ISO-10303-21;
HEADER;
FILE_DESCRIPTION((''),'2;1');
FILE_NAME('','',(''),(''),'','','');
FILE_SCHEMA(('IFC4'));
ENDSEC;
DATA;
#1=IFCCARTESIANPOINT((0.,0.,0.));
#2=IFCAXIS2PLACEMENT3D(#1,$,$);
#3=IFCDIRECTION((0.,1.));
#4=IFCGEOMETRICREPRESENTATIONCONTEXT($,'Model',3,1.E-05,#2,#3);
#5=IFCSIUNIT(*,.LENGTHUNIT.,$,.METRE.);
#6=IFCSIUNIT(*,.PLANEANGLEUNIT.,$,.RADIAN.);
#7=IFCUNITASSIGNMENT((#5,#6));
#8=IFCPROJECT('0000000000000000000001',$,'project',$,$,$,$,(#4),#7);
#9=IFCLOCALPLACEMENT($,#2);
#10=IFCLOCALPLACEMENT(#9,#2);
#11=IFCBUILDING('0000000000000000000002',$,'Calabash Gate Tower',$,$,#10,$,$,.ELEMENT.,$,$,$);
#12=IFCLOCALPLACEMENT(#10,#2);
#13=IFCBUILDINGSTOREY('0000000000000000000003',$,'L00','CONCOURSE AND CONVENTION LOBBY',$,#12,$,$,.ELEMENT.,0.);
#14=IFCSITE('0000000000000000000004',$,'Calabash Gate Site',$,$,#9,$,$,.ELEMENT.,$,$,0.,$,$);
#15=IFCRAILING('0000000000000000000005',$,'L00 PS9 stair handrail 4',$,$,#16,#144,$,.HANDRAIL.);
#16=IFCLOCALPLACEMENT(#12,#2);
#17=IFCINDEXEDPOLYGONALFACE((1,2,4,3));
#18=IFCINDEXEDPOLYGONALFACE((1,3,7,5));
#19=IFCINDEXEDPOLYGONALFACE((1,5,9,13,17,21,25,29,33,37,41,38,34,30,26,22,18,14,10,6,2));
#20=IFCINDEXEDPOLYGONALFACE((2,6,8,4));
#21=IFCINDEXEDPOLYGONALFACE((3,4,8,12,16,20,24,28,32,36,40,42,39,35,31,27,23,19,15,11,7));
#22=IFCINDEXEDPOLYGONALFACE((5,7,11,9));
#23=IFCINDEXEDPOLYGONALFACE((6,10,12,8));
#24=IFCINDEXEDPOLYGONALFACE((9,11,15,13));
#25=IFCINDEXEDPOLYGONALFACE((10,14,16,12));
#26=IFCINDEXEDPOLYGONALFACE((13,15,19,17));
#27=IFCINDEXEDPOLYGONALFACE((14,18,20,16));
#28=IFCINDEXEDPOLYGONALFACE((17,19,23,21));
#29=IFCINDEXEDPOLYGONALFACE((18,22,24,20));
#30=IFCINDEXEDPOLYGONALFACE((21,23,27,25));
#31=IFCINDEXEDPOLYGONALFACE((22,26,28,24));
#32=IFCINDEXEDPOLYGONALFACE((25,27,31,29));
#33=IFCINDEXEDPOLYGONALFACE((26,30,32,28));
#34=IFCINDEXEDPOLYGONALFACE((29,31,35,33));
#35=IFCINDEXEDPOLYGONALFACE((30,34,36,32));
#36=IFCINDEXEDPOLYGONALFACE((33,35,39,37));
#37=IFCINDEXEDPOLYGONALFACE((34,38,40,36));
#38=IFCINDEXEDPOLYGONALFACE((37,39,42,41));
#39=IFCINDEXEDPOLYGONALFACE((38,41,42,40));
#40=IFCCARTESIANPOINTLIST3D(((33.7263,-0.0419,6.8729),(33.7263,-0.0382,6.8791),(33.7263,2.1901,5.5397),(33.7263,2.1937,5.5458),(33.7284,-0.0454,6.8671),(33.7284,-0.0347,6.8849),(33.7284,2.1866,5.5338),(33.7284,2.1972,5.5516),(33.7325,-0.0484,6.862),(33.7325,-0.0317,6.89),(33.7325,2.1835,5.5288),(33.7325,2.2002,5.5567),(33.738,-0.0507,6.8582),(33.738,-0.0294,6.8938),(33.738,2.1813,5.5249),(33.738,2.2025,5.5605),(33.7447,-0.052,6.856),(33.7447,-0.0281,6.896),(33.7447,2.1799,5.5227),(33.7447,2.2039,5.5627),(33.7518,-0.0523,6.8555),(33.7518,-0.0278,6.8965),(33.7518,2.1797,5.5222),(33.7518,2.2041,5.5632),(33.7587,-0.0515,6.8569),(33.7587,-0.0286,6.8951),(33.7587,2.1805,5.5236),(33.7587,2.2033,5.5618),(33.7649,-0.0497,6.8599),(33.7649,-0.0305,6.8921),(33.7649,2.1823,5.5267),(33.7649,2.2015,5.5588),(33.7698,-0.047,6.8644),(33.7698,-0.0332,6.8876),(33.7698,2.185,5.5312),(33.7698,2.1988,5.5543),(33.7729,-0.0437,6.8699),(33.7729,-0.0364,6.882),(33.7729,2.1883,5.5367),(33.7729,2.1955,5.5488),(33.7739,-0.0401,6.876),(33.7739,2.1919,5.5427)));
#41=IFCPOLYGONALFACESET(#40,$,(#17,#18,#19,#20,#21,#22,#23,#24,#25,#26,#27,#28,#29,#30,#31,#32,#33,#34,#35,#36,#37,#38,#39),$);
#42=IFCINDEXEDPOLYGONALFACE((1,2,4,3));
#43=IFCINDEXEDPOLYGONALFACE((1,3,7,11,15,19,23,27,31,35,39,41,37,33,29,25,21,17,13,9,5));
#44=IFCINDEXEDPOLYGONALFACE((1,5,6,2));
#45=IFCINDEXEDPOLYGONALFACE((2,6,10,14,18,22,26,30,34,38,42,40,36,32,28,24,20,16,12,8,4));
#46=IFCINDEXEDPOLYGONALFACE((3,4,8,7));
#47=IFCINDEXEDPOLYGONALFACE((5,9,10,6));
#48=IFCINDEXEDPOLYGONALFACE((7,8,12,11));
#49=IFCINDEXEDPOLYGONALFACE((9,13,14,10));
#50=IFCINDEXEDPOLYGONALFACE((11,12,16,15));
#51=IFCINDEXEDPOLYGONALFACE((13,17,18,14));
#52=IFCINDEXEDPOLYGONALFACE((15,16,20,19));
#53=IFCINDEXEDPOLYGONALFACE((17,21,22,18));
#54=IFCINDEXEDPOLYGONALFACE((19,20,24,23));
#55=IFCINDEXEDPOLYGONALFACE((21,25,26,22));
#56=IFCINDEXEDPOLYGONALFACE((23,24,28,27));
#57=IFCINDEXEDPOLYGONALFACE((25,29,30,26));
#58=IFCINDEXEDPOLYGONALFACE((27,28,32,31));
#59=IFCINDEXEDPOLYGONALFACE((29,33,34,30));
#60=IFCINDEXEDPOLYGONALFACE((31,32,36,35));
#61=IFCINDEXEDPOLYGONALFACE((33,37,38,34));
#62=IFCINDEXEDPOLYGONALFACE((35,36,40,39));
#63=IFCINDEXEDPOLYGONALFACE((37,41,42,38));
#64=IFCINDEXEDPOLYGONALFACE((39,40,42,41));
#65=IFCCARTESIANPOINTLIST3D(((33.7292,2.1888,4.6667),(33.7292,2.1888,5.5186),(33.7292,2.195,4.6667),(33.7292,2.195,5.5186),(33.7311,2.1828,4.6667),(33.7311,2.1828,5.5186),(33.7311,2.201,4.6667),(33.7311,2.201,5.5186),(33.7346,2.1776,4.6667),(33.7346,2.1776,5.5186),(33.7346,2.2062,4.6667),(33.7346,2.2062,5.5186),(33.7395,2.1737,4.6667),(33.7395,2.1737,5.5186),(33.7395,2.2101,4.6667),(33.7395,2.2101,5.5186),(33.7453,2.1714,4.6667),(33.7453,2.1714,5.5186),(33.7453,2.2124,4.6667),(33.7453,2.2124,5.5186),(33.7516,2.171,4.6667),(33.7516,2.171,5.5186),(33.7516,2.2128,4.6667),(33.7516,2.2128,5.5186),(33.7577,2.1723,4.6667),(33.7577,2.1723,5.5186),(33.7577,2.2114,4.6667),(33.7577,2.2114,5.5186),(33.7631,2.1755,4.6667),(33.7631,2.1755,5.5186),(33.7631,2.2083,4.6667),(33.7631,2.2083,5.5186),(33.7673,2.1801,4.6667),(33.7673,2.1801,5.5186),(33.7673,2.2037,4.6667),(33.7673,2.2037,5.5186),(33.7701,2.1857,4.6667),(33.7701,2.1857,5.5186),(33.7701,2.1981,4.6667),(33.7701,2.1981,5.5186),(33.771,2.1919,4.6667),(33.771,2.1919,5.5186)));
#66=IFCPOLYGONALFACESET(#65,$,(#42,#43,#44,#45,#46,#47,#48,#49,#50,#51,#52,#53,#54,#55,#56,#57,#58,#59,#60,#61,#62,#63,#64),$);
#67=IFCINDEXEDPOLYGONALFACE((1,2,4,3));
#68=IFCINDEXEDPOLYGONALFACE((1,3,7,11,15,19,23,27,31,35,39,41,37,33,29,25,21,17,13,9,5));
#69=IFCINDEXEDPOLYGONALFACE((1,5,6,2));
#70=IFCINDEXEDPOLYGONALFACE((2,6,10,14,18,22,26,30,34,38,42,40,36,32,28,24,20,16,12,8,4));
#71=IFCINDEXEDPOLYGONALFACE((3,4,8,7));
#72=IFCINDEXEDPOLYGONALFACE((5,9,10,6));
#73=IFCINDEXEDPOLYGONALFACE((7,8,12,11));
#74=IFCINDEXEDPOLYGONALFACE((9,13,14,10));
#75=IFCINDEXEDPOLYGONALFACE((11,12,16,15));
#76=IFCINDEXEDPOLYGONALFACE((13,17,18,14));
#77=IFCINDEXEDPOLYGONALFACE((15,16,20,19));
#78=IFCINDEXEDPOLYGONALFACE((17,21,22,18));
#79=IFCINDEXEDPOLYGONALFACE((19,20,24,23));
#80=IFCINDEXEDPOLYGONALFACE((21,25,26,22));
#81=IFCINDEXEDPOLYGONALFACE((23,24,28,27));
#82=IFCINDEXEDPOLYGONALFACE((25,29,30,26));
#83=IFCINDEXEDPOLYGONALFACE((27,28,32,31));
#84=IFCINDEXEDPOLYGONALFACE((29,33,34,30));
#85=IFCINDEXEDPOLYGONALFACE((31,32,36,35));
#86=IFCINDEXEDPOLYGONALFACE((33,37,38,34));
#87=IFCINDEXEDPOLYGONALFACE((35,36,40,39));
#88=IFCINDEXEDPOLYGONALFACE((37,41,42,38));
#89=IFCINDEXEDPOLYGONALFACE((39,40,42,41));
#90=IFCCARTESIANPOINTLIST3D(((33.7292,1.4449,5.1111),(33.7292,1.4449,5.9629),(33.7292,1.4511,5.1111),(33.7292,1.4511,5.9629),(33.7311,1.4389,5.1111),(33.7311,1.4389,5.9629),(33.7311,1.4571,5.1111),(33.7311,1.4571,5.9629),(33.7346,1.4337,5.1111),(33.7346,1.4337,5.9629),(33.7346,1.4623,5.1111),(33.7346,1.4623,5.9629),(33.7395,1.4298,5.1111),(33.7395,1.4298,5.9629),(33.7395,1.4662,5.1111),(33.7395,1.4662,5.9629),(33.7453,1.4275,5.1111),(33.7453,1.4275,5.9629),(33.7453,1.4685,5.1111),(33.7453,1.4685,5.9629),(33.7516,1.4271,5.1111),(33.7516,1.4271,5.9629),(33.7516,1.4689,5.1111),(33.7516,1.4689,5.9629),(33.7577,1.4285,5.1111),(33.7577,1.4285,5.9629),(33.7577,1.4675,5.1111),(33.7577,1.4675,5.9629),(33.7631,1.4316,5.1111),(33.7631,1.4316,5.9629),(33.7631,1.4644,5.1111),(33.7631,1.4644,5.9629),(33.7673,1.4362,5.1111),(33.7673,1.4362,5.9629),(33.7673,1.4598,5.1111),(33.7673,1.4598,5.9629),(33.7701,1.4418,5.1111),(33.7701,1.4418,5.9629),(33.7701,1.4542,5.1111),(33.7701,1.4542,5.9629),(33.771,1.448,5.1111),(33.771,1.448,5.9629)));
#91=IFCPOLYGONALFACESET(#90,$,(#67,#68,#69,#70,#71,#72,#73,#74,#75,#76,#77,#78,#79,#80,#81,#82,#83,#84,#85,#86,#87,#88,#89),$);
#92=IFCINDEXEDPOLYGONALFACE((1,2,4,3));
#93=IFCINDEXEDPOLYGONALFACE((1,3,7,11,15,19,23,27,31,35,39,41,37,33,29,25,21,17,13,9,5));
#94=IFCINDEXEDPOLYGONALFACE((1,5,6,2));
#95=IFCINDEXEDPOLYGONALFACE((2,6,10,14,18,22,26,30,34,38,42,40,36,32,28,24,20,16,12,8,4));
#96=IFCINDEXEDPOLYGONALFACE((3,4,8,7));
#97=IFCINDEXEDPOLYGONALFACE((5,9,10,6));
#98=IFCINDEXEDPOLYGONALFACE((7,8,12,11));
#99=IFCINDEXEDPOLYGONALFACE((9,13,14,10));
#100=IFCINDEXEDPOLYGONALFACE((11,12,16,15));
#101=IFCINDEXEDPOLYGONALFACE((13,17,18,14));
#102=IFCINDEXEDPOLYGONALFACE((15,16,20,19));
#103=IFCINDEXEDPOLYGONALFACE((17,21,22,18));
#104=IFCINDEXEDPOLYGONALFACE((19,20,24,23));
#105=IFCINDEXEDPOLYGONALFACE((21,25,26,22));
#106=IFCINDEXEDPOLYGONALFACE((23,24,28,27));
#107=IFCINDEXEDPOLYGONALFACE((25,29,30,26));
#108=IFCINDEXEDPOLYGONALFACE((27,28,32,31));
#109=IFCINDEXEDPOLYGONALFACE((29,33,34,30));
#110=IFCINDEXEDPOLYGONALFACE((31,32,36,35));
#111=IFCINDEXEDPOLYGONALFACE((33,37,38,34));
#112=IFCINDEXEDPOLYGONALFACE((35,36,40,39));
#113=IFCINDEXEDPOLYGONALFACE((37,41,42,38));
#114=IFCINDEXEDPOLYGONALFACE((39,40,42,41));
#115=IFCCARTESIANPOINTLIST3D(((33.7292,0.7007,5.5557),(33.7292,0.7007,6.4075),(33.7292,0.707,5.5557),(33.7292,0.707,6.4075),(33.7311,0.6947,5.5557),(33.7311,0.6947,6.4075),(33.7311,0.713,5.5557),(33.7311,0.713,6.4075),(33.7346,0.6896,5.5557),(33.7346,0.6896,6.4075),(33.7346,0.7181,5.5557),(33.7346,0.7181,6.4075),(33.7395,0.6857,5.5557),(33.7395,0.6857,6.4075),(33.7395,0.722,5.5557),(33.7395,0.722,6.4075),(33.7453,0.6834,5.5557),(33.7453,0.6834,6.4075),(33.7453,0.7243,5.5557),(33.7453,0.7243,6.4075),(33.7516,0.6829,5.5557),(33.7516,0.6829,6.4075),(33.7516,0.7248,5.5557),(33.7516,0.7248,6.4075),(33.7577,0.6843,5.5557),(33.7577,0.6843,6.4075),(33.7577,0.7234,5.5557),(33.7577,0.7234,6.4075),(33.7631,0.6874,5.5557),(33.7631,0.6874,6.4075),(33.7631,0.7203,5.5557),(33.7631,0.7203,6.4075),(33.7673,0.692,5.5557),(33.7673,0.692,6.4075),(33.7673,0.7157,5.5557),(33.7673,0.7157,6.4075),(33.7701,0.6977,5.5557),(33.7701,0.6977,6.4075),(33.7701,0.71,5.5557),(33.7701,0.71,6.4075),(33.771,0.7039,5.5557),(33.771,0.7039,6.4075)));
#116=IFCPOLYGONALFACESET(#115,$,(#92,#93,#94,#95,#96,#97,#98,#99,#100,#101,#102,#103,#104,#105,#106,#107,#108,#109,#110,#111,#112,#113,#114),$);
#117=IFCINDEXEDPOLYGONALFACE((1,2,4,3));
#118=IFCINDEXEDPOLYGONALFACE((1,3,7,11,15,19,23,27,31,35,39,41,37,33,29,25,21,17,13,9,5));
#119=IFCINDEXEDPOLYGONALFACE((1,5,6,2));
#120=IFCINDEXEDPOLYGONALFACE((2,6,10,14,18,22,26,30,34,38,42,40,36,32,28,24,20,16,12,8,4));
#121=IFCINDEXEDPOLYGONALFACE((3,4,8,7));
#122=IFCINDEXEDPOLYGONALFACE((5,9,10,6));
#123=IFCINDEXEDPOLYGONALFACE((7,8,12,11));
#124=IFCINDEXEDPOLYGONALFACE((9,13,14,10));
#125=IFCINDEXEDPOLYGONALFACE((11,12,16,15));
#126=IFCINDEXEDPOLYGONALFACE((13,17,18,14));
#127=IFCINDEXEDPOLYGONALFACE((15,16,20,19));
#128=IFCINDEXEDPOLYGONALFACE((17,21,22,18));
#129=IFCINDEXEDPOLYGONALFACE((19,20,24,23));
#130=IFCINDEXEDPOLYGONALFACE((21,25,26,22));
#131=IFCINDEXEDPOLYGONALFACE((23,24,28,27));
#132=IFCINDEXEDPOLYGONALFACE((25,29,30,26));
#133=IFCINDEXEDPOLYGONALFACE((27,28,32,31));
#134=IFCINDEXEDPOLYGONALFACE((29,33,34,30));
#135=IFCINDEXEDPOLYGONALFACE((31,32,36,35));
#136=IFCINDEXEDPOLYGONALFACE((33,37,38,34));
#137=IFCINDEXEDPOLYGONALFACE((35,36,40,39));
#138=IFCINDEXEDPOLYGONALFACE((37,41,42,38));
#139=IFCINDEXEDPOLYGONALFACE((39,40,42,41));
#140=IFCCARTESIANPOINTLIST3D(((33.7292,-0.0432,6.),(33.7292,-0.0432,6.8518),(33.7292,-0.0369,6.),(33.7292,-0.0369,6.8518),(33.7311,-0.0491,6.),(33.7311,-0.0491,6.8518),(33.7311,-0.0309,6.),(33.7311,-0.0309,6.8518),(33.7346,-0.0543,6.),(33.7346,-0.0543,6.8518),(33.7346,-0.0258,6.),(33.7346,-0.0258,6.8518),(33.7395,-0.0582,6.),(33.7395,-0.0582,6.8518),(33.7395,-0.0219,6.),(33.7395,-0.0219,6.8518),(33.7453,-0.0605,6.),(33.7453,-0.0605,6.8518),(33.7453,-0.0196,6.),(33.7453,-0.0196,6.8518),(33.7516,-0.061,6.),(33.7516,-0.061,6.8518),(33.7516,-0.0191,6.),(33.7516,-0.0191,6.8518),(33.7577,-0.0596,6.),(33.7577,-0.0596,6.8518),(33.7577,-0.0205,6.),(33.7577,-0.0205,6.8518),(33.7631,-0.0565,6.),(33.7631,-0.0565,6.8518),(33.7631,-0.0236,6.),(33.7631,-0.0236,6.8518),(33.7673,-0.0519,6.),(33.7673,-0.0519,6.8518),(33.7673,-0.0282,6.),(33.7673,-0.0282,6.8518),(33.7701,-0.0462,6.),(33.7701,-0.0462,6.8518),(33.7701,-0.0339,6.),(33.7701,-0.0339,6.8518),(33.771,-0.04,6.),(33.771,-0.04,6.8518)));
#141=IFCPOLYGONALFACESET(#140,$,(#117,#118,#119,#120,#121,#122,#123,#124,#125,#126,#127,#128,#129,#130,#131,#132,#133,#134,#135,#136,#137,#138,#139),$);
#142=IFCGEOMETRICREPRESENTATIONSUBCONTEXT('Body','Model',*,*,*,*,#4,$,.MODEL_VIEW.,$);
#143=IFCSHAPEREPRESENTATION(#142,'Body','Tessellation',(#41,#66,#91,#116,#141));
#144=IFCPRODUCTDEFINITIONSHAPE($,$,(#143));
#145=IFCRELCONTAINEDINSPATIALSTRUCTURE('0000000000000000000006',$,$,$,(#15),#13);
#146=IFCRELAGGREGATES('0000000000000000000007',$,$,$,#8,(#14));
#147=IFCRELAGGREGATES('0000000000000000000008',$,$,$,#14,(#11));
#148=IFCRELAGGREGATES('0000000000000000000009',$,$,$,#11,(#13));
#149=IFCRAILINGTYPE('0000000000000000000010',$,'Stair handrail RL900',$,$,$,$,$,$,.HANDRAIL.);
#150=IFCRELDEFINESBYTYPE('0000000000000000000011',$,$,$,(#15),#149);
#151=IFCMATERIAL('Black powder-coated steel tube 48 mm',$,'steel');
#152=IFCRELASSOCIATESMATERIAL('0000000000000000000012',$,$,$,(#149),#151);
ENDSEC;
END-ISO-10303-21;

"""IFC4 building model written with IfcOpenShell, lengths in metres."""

from ifc_helpers import new_model, si_unit, direction, frame, origin, origin_2d, place, context, subcontext, project, spatial, circle, extrude, material, type_object, element, save


model = new_model("IFC4")

# Units and contexts
model_context = context("Model", 3, precision=1e-05, world=origin(), true_north=direction((0.0, 1.0)))
body_context = subcontext(model_context, "Body", "Model", "MODEL_VIEW")
ifc_project = project(units=[si_unit("LENGTHUNIT", "METRE"), si_unit("PLANEANGLEUNIT", "RADIAN")], contexts=[model_context])

# Site, building, storey
site_placement = place(None, origin())
site = spatial("IfcSite", under=ifc_project, at=site_placement, Name="Calabash Gate Site", CompositionType="ELEMENT", RefElevation=0.0)
building_placement = place(site_placement, origin())
building = spatial("IfcBuilding", under=site, at=building_placement, Name="Calabash Gate Tower", CompositionType="ELEMENT")
storey_placement = place(building_placement, origin())
storey = spatial("IfcBuildingStorey", under=building, at=storey_placement, Name="L00", Description="CONCOURSE AND CONVENTION LOBBY", CompositionType="ELEMENT", Elevation=0.0)

# Railing
ifc_material_1 = material(Name="Black powder-coated steel tube 48 mm", Category="steel")
railing_type_1 = type_object("IfcRailingType", Name="Stair handrail RL900", PredefinedType="HANDRAIL", material=ifc_material_1)
railing_1_placement = place(storey_placement, frame((33.75, 2.1919, 4.6667)))
element("IfcRailing", 1, at=railing_1_placement, inside=storey, type_object=railing_type_1, Name="L00 PS9 stair handrail 4", PredefinedType="HANDRAIL", context=body_context, shape_type="SweptSolid", body=[
    extrude(circle(Radius=0.0239, at=origin_2d()), frame((0.0, 0.0, 0.876), z_axis=(0.0, -0.858494, 0.512824), x_axis=(1.0, 0.0, 0.0)), (0.0, 0.0, 1.0), 2.5999),
    extrude(circle(Radius=0.021, at=origin_2d()), origin(), (0.0, 0.0, 1.0), 0.8518),
    extrude(circle(Radius=0.021, at=origin_2d()), frame((0.0, -0.7439, 0.4443)), (0.0, 0.0, 1.0), 0.8518),
    extrude(circle(Radius=0.021, at=origin_2d()), frame((0.0, -1.488, 0.8889)), (0.0, 0.0, 1.0), 0.8518),
    extrude(circle(Radius=0.021, at=origin_2d()), frame((0.0, -2.2319, 1.3333)), (0.0, 0.0, 1.0), 0.8518),
])

save(model, "model.ifc")
